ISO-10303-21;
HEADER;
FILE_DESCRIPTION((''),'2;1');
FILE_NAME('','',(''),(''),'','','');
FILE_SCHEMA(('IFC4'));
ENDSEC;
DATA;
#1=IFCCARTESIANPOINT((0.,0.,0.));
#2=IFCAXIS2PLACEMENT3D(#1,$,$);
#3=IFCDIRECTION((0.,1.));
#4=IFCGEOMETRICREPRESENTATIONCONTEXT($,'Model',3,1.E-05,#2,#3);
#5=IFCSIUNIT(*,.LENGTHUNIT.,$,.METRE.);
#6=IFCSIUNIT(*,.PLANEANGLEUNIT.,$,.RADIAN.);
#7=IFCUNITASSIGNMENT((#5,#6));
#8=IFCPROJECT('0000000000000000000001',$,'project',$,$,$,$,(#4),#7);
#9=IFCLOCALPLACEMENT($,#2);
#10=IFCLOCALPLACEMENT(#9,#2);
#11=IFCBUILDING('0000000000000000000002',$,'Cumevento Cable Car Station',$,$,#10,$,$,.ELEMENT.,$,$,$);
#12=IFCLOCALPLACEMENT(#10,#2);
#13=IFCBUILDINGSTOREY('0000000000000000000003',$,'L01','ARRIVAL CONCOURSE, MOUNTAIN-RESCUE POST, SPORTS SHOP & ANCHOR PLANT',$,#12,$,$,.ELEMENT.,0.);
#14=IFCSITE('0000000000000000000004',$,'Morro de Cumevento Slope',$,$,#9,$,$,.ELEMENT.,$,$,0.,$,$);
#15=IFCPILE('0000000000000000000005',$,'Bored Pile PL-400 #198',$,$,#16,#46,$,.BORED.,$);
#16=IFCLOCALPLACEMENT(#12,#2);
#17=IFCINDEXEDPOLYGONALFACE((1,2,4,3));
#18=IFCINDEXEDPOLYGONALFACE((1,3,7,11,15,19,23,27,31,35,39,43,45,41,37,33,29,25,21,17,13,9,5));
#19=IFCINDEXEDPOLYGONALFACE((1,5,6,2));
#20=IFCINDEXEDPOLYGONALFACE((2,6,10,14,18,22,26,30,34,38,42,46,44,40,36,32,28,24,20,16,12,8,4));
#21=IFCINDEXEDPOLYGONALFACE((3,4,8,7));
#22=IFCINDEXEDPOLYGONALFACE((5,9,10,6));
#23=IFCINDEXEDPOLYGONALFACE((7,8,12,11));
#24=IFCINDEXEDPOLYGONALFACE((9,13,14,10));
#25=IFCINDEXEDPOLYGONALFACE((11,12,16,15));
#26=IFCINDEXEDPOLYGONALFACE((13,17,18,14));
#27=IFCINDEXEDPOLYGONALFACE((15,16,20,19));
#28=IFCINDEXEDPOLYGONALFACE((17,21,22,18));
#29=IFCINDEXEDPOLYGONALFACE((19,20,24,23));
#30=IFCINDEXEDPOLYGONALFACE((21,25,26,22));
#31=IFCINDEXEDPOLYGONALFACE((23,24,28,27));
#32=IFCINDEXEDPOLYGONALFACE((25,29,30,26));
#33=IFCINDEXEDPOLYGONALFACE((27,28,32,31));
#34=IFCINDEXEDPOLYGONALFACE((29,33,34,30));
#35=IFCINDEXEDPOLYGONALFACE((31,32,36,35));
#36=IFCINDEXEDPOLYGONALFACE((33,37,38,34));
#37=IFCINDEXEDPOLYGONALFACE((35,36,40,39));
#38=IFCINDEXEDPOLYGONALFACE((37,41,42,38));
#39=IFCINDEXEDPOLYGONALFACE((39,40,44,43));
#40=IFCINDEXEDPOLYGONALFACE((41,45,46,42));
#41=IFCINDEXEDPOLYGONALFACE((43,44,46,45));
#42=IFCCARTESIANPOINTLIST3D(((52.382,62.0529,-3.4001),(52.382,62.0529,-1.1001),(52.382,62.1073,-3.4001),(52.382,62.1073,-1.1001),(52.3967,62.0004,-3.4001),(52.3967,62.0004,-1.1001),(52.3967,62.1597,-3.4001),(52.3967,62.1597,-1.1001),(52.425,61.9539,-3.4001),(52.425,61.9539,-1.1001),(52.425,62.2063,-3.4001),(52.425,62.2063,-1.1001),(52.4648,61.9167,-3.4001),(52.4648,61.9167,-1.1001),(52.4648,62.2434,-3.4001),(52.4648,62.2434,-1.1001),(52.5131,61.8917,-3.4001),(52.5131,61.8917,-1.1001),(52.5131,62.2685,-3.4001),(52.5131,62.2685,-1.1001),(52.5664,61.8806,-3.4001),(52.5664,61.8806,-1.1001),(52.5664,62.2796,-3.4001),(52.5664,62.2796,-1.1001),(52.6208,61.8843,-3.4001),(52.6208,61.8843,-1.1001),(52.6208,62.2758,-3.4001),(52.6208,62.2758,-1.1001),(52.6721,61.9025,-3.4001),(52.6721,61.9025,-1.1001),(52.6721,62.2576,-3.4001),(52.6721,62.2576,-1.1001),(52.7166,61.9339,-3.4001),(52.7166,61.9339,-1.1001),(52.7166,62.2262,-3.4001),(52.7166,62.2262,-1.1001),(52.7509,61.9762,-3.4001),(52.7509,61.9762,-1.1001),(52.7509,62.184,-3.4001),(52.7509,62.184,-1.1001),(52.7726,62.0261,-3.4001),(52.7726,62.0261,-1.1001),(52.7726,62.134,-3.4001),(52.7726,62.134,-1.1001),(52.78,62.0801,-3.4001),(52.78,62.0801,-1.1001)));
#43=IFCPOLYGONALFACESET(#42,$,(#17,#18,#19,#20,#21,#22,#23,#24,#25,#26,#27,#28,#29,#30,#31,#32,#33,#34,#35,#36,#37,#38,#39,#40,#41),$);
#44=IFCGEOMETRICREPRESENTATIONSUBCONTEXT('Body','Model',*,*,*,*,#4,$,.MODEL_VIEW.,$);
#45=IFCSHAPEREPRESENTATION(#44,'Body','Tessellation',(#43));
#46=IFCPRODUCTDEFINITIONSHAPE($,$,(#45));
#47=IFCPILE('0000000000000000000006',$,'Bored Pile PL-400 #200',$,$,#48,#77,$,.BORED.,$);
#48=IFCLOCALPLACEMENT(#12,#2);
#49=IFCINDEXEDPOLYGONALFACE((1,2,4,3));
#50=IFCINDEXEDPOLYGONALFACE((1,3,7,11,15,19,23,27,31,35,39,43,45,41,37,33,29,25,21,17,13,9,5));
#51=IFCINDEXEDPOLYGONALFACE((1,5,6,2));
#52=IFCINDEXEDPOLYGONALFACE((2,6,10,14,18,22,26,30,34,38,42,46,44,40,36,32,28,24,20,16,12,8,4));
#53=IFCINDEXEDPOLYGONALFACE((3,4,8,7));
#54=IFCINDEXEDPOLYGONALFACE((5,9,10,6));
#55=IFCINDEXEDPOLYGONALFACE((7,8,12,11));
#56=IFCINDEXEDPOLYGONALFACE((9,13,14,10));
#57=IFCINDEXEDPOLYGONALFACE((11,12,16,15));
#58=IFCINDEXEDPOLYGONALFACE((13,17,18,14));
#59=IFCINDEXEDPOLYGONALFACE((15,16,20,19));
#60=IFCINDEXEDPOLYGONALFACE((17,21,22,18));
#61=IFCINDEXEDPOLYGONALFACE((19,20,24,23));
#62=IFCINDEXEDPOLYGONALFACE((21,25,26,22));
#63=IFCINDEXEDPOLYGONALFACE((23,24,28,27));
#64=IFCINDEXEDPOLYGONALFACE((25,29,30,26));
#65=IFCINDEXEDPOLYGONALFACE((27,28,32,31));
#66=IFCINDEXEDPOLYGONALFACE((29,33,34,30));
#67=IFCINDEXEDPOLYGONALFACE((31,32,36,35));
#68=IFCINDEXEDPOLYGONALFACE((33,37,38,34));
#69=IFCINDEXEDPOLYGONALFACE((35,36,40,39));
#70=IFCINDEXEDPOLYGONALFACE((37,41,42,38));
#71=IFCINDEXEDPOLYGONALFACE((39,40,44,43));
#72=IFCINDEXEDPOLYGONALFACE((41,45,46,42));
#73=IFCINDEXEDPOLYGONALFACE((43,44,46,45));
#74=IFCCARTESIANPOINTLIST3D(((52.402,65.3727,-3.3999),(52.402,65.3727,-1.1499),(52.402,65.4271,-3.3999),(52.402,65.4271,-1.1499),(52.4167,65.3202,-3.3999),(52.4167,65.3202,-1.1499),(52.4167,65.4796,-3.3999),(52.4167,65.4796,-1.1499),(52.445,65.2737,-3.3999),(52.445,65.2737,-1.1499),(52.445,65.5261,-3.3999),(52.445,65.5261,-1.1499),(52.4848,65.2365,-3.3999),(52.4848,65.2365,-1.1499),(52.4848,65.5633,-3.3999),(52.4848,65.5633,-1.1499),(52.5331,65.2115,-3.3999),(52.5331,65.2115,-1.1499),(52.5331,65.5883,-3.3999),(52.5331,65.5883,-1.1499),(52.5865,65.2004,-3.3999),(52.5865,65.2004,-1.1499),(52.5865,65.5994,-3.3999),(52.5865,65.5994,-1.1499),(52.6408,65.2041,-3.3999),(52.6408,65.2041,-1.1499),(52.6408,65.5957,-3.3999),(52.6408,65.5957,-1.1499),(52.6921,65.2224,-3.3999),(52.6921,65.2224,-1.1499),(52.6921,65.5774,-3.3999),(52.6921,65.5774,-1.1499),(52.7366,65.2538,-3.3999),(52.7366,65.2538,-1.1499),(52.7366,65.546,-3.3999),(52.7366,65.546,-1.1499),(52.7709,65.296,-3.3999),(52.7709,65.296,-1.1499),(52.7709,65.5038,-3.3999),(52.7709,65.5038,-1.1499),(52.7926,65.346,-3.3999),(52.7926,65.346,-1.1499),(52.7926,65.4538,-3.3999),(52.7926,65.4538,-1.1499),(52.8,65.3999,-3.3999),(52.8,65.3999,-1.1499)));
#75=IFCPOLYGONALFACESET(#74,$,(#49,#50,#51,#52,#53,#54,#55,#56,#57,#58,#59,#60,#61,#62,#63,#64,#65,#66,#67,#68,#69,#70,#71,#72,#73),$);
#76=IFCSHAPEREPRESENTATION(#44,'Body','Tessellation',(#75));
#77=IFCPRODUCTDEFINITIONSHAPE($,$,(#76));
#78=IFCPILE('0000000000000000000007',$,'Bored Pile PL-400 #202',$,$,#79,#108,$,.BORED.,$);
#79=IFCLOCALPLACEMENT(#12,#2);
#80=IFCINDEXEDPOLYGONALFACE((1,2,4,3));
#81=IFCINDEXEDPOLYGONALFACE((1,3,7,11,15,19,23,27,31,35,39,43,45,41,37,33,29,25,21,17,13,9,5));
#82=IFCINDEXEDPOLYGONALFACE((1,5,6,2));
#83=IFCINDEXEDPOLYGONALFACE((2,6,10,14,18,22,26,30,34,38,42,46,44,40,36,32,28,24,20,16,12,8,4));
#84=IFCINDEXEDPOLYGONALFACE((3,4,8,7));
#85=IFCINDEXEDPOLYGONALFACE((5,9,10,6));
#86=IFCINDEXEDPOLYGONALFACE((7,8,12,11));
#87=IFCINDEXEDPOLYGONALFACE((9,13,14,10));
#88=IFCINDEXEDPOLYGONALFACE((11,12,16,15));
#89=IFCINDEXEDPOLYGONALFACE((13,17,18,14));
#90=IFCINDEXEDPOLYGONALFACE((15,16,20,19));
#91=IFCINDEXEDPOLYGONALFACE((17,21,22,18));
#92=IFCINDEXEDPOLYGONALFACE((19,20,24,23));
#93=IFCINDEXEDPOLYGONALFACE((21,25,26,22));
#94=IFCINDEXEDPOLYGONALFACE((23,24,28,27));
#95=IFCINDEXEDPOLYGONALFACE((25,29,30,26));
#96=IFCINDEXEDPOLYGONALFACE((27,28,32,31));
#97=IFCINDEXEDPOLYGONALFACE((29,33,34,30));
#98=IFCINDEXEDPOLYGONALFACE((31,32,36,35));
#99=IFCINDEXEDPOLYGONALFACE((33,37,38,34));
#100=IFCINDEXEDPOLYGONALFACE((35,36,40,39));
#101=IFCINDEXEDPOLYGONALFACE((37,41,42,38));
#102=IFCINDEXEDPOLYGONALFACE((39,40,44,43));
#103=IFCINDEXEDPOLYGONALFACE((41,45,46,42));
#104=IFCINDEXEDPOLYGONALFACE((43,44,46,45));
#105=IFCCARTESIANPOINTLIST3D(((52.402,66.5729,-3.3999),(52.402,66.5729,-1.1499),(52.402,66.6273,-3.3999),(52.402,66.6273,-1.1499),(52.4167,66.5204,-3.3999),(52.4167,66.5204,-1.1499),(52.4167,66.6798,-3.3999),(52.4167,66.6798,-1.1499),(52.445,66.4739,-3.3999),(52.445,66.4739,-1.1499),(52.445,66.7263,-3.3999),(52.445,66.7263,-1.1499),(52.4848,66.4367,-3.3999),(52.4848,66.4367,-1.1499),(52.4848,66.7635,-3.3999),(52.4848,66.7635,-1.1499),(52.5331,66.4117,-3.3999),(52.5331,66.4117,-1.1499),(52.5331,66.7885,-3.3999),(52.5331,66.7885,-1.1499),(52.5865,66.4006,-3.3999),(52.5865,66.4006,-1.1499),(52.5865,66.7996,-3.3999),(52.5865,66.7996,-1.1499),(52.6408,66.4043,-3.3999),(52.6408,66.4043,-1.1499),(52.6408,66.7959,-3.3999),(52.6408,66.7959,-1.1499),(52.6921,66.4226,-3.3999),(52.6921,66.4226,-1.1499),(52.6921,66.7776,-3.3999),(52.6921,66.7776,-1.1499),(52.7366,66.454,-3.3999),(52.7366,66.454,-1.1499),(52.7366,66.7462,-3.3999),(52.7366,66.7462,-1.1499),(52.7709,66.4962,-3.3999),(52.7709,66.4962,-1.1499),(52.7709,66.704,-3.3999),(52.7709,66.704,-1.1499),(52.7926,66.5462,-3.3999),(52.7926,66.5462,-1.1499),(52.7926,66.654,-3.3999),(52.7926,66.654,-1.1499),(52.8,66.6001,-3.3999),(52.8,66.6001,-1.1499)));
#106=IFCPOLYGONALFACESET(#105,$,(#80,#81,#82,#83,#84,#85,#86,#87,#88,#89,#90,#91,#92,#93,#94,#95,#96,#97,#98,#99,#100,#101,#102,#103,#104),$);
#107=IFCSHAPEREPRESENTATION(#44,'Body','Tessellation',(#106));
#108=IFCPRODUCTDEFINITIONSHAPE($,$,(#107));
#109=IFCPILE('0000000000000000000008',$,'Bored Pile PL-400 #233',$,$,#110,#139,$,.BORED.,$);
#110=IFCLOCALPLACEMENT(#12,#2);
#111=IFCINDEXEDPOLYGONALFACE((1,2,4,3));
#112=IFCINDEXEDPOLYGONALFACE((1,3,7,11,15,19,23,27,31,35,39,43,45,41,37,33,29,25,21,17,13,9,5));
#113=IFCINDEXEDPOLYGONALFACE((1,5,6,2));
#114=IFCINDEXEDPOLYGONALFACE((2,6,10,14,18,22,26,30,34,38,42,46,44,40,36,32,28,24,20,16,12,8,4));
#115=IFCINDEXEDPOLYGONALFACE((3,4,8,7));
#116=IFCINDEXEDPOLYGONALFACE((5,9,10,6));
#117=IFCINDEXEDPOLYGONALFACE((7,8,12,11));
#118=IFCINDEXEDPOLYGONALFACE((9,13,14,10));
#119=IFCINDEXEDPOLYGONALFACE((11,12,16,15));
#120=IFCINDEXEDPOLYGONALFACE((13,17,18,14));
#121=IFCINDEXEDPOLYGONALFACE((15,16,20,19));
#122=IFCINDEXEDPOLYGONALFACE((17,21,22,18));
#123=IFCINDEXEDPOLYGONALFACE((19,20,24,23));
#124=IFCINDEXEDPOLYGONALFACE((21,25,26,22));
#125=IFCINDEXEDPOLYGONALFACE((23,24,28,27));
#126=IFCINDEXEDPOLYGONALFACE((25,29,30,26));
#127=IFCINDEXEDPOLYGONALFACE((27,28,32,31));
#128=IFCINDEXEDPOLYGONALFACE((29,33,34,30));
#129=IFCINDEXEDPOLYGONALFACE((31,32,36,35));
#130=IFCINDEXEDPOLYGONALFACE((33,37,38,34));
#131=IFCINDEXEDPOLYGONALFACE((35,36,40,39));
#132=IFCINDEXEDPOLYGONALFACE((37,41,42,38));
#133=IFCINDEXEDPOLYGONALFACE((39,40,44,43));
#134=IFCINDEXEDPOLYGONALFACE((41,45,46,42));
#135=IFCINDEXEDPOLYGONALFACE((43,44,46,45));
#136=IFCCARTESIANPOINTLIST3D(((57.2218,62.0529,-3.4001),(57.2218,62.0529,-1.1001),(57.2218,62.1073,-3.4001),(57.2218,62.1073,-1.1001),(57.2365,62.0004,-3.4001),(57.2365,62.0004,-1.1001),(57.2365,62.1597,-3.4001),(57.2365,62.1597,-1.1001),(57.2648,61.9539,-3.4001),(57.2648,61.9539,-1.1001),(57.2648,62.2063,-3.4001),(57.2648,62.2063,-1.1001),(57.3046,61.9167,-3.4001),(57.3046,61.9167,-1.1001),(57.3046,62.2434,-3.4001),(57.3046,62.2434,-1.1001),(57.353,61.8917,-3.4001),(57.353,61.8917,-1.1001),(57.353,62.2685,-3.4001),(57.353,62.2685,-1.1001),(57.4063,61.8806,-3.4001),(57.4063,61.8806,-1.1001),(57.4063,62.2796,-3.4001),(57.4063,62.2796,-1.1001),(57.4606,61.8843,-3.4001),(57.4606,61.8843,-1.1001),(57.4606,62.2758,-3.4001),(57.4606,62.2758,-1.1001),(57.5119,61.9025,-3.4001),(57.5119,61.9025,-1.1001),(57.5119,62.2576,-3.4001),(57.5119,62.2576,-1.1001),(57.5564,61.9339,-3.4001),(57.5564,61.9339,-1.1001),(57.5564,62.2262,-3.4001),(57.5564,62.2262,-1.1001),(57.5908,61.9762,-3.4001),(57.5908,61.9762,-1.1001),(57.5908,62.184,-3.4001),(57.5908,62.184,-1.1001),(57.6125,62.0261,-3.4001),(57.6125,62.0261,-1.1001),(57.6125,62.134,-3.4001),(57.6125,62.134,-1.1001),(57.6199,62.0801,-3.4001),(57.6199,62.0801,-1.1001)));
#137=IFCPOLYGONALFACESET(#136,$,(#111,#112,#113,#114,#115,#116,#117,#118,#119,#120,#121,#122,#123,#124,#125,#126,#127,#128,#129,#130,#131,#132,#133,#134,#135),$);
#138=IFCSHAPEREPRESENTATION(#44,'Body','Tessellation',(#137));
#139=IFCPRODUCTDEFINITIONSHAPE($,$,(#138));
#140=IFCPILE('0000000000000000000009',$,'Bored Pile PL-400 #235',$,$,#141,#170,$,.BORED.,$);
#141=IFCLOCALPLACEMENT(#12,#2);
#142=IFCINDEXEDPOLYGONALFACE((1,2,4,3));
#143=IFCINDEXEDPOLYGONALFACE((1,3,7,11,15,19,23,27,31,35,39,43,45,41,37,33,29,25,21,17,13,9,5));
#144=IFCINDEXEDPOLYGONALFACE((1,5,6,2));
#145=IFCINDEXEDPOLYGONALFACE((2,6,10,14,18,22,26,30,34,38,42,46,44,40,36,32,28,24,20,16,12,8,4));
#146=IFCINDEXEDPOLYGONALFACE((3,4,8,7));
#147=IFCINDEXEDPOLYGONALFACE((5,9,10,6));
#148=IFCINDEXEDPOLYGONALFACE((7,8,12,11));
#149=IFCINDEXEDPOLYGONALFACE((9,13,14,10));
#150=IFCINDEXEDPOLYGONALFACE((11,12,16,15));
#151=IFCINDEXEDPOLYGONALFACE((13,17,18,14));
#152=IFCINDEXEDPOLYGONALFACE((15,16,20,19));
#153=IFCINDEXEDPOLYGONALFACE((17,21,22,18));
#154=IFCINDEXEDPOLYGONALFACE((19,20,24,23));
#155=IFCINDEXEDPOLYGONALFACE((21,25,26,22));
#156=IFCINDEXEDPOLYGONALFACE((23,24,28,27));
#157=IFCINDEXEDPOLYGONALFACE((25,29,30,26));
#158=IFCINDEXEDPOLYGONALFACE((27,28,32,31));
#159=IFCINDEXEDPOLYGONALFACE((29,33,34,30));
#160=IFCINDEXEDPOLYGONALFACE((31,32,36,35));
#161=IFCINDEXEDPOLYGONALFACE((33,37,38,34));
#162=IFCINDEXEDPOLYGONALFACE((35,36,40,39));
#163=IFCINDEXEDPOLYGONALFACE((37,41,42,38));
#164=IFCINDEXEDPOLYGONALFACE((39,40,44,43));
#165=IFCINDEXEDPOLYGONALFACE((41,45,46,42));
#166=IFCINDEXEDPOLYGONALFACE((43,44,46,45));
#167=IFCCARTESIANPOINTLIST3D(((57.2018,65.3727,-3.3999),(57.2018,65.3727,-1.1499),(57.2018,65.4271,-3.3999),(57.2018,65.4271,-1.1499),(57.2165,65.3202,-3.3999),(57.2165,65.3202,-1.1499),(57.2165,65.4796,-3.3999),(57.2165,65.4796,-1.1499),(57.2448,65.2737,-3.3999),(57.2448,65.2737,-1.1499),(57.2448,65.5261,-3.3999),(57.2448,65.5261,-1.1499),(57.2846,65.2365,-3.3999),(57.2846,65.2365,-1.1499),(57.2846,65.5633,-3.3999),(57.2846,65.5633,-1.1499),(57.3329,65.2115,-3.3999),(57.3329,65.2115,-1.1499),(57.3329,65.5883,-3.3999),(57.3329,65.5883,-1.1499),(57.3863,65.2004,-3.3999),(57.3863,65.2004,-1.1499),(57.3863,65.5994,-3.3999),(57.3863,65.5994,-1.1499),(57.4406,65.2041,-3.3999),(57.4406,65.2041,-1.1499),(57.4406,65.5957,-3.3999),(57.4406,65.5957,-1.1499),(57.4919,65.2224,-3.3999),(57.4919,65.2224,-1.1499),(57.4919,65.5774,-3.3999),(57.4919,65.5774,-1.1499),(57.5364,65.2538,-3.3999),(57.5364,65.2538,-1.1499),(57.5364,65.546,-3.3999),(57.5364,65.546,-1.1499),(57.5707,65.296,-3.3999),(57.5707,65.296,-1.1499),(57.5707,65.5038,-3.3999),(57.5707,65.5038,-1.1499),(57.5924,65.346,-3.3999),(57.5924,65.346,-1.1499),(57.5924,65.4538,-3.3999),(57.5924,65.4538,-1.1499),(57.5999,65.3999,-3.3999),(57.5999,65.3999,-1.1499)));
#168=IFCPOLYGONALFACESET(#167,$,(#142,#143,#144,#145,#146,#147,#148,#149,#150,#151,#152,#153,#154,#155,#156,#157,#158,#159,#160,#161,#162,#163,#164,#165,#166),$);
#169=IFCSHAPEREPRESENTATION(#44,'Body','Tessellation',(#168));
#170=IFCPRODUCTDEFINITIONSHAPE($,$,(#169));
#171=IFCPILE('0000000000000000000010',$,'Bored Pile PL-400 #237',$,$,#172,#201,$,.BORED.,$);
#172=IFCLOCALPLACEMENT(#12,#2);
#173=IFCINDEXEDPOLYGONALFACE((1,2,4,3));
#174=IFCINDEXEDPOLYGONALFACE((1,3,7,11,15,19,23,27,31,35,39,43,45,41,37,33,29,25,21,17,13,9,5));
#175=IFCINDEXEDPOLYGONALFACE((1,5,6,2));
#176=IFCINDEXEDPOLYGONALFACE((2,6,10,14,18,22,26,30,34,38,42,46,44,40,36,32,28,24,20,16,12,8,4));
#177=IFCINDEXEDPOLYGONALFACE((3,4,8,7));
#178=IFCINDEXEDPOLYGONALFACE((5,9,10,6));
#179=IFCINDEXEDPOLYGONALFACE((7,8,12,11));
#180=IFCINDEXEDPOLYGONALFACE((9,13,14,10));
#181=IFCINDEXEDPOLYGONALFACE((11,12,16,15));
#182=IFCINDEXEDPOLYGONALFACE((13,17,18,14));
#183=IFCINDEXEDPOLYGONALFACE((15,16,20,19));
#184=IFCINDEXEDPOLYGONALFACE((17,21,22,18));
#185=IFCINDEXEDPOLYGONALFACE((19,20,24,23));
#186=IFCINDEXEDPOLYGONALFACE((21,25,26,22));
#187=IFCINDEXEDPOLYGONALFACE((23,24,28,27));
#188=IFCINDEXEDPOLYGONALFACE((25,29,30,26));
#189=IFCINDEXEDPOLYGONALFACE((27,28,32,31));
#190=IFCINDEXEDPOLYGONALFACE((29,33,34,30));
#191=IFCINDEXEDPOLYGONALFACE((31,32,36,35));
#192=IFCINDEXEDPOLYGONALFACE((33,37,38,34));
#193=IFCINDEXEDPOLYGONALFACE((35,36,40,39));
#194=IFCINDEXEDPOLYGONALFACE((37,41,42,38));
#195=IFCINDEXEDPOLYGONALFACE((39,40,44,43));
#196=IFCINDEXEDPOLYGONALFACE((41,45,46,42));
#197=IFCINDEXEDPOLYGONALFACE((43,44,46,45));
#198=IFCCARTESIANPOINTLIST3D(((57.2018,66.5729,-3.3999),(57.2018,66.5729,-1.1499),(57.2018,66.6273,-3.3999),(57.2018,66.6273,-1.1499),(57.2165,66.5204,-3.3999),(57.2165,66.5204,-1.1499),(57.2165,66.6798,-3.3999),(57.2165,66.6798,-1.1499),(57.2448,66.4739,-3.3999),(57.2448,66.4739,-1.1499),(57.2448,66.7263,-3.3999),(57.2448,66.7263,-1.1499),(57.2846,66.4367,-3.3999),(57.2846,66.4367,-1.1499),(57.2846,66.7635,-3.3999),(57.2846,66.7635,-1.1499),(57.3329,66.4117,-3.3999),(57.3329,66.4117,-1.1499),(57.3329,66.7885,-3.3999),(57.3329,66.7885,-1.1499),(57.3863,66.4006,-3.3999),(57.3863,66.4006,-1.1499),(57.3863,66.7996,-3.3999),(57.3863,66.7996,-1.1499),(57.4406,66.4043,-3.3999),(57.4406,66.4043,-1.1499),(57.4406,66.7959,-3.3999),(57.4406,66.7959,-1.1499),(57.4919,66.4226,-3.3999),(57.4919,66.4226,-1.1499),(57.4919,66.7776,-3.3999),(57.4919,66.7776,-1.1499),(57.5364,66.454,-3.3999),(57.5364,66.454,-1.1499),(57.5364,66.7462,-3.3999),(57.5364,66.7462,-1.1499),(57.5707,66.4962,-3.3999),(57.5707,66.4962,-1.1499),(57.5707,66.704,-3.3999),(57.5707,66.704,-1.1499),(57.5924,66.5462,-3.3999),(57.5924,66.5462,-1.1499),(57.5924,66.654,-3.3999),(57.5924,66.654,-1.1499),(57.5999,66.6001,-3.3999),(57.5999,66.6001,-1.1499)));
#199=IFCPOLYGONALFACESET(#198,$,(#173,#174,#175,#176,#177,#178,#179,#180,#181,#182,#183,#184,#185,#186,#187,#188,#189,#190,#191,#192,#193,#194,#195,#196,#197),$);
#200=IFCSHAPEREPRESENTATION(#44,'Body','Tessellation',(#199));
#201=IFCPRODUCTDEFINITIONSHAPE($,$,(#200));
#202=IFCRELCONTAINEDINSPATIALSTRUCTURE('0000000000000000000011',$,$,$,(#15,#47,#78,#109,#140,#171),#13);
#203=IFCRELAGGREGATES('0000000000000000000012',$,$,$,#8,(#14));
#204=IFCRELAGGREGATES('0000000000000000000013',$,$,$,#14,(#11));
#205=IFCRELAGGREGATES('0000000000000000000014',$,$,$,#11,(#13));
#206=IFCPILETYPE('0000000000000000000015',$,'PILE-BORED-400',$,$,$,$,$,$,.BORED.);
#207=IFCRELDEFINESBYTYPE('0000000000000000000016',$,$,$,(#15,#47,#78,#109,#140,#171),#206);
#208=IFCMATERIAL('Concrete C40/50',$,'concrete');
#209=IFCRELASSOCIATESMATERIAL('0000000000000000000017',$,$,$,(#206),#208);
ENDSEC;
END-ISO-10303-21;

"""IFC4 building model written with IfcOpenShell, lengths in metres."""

from ifc_helpers import new_model, si_unit, direction, frame, origin, origin_2d, place, context, subcontext, project, spatial, circle, extrude, material, material_profile, profile_set, type_object, element, save


model = new_model("IFC4")

# Units and contexts
model_context = context("Model", 3, precision=1e-05, world=origin(), true_north=direction((0.0, 1.0)))
body_context = subcontext(model_context, "Body", "Model", "MODEL_VIEW")
ifc_project = project(units=[si_unit("LENGTHUNIT", "METRE"), si_unit("PLANEANGLEUNIT", "RADIAN")], contexts=[model_context])

# Site, building, storey
site_placement = place(None, origin())
site = spatial("IfcSite", under=ifc_project, at=site_placement, Name="Morro de Cumevento Slope", CompositionType="ELEMENT", RefElevation=0.0)
building_placement = place(site_placement, origin())
building = spatial("IfcBuilding", under=site, at=building_placement, Name="Cumevento Cable Car Station", CompositionType="ELEMENT")
storey_placement = place(building_placement, origin())
storey = spatial("IfcBuildingStorey", under=building, at=storey_placement, Name="L01", Description="ARRIVAL CONCOURSE, MOUNTAIN-RESCUE POST, SPORTS SHOP & ANCHOR PLANT", CompositionType="ELEMENT", Elevation=0.0)

# Piles
ifc_material_1 = material(Name="Concrete C40/50", Category="concrete")
ifc_material_profile_1 = material_profile(ifc_material_1, circle(Radius=0.2, at=origin_2d()), Name="PILE-D400")
ifc_profile_set_1 = profile_set([ifc_material_profile_1], Name="Concrete C40/50")
pile_type = type_object("IfcPileType", Name="PILE-BORED-400", PredefinedType="BORED", material=ifc_profile_set_1)
pile_1_placement = place(storey_placement, frame((52.5801, 62.0801, -1.1001), z_axis=(0.0, 0.0, -1.0), x_axis=(1.0, 0.0, 0.0)))
element("IfcPile", 1, at=pile_1_placement, inside=storey, type_object=pile_type, Name="Bored Pile PL-400 #198", PredefinedType="BORED", context=body_context, shape_type="SweptSolid", body=[
    extrude(circle(Radius=0.2, at=origin_2d()), origin(), (0.0, 0.0, 1.0), 2.3),
])
for number, where, z_axis, x_axis, name in (
    (2, (52.6001, 65.3999, -1.1499), (0.0, 0.0, -1.0), (1.0, 0.0, 0.0), "Bored Pile PL-400 #200"),
    (3, (52.6001, 66.6001, -1.1499), (0.0, 0.0, -1.0), (1.0, 0.0, 0.0), "Bored Pile PL-400 #202"),
):
    element("IfcPile", number, at=place(storey_placement, frame(where, z_axis=z_axis, x_axis=x_axis)), inside=storey, type_object=pile_type, Name=name, PredefinedType="BORED", context=body_context, shape_type="SweptSolid", body=[
        extrude(circle(Radius=0.2, at=origin_2d()), origin(), (0.0, 0.0, 1.0), 2.25),
    ])
pile_2_placement = place(storey_placement, frame((57.4199, 62.0801, -1.1001), z_axis=(0.0, 0.0, -1.0), x_axis=(1.0, 0.0, 0.0)))
element("IfcPile", 4, at=pile_2_placement, inside=storey, type_object=pile_type, Name="Bored Pile PL-400 #233", PredefinedType="BORED", context=body_context, shape_type="SweptSolid", body=[
    extrude(circle(Radius=0.2, at=origin_2d()), origin(), (0.0, 0.0, 1.0), 2.3),
])
for number, where, z_axis, x_axis, name in (
    (5, (57.3999, 65.3999, -1.1499), (0.0, 0.0, -1.0), (1.0, 0.0, 0.0), "Bored Pile PL-400 #235"),
    (6, (57.3999, 66.6001, -1.1499), (0.0, 0.0, -1.0), (1.0, 0.0, 0.0), "Bored Pile PL-400 #237"),
):
    element("IfcPile", number, at=place(storey_placement, frame(where, z_axis=z_axis, x_axis=x_axis)), inside=storey, type_object=pile_type, Name=name, PredefinedType="BORED", context=body_context, shape_type="SweptSolid", body=[
        extrude(circle(Radius=0.2, at=origin_2d()), origin(), (0.0, 0.0, 1.0), 2.25),
    ])

save(model, "model.ifc")
